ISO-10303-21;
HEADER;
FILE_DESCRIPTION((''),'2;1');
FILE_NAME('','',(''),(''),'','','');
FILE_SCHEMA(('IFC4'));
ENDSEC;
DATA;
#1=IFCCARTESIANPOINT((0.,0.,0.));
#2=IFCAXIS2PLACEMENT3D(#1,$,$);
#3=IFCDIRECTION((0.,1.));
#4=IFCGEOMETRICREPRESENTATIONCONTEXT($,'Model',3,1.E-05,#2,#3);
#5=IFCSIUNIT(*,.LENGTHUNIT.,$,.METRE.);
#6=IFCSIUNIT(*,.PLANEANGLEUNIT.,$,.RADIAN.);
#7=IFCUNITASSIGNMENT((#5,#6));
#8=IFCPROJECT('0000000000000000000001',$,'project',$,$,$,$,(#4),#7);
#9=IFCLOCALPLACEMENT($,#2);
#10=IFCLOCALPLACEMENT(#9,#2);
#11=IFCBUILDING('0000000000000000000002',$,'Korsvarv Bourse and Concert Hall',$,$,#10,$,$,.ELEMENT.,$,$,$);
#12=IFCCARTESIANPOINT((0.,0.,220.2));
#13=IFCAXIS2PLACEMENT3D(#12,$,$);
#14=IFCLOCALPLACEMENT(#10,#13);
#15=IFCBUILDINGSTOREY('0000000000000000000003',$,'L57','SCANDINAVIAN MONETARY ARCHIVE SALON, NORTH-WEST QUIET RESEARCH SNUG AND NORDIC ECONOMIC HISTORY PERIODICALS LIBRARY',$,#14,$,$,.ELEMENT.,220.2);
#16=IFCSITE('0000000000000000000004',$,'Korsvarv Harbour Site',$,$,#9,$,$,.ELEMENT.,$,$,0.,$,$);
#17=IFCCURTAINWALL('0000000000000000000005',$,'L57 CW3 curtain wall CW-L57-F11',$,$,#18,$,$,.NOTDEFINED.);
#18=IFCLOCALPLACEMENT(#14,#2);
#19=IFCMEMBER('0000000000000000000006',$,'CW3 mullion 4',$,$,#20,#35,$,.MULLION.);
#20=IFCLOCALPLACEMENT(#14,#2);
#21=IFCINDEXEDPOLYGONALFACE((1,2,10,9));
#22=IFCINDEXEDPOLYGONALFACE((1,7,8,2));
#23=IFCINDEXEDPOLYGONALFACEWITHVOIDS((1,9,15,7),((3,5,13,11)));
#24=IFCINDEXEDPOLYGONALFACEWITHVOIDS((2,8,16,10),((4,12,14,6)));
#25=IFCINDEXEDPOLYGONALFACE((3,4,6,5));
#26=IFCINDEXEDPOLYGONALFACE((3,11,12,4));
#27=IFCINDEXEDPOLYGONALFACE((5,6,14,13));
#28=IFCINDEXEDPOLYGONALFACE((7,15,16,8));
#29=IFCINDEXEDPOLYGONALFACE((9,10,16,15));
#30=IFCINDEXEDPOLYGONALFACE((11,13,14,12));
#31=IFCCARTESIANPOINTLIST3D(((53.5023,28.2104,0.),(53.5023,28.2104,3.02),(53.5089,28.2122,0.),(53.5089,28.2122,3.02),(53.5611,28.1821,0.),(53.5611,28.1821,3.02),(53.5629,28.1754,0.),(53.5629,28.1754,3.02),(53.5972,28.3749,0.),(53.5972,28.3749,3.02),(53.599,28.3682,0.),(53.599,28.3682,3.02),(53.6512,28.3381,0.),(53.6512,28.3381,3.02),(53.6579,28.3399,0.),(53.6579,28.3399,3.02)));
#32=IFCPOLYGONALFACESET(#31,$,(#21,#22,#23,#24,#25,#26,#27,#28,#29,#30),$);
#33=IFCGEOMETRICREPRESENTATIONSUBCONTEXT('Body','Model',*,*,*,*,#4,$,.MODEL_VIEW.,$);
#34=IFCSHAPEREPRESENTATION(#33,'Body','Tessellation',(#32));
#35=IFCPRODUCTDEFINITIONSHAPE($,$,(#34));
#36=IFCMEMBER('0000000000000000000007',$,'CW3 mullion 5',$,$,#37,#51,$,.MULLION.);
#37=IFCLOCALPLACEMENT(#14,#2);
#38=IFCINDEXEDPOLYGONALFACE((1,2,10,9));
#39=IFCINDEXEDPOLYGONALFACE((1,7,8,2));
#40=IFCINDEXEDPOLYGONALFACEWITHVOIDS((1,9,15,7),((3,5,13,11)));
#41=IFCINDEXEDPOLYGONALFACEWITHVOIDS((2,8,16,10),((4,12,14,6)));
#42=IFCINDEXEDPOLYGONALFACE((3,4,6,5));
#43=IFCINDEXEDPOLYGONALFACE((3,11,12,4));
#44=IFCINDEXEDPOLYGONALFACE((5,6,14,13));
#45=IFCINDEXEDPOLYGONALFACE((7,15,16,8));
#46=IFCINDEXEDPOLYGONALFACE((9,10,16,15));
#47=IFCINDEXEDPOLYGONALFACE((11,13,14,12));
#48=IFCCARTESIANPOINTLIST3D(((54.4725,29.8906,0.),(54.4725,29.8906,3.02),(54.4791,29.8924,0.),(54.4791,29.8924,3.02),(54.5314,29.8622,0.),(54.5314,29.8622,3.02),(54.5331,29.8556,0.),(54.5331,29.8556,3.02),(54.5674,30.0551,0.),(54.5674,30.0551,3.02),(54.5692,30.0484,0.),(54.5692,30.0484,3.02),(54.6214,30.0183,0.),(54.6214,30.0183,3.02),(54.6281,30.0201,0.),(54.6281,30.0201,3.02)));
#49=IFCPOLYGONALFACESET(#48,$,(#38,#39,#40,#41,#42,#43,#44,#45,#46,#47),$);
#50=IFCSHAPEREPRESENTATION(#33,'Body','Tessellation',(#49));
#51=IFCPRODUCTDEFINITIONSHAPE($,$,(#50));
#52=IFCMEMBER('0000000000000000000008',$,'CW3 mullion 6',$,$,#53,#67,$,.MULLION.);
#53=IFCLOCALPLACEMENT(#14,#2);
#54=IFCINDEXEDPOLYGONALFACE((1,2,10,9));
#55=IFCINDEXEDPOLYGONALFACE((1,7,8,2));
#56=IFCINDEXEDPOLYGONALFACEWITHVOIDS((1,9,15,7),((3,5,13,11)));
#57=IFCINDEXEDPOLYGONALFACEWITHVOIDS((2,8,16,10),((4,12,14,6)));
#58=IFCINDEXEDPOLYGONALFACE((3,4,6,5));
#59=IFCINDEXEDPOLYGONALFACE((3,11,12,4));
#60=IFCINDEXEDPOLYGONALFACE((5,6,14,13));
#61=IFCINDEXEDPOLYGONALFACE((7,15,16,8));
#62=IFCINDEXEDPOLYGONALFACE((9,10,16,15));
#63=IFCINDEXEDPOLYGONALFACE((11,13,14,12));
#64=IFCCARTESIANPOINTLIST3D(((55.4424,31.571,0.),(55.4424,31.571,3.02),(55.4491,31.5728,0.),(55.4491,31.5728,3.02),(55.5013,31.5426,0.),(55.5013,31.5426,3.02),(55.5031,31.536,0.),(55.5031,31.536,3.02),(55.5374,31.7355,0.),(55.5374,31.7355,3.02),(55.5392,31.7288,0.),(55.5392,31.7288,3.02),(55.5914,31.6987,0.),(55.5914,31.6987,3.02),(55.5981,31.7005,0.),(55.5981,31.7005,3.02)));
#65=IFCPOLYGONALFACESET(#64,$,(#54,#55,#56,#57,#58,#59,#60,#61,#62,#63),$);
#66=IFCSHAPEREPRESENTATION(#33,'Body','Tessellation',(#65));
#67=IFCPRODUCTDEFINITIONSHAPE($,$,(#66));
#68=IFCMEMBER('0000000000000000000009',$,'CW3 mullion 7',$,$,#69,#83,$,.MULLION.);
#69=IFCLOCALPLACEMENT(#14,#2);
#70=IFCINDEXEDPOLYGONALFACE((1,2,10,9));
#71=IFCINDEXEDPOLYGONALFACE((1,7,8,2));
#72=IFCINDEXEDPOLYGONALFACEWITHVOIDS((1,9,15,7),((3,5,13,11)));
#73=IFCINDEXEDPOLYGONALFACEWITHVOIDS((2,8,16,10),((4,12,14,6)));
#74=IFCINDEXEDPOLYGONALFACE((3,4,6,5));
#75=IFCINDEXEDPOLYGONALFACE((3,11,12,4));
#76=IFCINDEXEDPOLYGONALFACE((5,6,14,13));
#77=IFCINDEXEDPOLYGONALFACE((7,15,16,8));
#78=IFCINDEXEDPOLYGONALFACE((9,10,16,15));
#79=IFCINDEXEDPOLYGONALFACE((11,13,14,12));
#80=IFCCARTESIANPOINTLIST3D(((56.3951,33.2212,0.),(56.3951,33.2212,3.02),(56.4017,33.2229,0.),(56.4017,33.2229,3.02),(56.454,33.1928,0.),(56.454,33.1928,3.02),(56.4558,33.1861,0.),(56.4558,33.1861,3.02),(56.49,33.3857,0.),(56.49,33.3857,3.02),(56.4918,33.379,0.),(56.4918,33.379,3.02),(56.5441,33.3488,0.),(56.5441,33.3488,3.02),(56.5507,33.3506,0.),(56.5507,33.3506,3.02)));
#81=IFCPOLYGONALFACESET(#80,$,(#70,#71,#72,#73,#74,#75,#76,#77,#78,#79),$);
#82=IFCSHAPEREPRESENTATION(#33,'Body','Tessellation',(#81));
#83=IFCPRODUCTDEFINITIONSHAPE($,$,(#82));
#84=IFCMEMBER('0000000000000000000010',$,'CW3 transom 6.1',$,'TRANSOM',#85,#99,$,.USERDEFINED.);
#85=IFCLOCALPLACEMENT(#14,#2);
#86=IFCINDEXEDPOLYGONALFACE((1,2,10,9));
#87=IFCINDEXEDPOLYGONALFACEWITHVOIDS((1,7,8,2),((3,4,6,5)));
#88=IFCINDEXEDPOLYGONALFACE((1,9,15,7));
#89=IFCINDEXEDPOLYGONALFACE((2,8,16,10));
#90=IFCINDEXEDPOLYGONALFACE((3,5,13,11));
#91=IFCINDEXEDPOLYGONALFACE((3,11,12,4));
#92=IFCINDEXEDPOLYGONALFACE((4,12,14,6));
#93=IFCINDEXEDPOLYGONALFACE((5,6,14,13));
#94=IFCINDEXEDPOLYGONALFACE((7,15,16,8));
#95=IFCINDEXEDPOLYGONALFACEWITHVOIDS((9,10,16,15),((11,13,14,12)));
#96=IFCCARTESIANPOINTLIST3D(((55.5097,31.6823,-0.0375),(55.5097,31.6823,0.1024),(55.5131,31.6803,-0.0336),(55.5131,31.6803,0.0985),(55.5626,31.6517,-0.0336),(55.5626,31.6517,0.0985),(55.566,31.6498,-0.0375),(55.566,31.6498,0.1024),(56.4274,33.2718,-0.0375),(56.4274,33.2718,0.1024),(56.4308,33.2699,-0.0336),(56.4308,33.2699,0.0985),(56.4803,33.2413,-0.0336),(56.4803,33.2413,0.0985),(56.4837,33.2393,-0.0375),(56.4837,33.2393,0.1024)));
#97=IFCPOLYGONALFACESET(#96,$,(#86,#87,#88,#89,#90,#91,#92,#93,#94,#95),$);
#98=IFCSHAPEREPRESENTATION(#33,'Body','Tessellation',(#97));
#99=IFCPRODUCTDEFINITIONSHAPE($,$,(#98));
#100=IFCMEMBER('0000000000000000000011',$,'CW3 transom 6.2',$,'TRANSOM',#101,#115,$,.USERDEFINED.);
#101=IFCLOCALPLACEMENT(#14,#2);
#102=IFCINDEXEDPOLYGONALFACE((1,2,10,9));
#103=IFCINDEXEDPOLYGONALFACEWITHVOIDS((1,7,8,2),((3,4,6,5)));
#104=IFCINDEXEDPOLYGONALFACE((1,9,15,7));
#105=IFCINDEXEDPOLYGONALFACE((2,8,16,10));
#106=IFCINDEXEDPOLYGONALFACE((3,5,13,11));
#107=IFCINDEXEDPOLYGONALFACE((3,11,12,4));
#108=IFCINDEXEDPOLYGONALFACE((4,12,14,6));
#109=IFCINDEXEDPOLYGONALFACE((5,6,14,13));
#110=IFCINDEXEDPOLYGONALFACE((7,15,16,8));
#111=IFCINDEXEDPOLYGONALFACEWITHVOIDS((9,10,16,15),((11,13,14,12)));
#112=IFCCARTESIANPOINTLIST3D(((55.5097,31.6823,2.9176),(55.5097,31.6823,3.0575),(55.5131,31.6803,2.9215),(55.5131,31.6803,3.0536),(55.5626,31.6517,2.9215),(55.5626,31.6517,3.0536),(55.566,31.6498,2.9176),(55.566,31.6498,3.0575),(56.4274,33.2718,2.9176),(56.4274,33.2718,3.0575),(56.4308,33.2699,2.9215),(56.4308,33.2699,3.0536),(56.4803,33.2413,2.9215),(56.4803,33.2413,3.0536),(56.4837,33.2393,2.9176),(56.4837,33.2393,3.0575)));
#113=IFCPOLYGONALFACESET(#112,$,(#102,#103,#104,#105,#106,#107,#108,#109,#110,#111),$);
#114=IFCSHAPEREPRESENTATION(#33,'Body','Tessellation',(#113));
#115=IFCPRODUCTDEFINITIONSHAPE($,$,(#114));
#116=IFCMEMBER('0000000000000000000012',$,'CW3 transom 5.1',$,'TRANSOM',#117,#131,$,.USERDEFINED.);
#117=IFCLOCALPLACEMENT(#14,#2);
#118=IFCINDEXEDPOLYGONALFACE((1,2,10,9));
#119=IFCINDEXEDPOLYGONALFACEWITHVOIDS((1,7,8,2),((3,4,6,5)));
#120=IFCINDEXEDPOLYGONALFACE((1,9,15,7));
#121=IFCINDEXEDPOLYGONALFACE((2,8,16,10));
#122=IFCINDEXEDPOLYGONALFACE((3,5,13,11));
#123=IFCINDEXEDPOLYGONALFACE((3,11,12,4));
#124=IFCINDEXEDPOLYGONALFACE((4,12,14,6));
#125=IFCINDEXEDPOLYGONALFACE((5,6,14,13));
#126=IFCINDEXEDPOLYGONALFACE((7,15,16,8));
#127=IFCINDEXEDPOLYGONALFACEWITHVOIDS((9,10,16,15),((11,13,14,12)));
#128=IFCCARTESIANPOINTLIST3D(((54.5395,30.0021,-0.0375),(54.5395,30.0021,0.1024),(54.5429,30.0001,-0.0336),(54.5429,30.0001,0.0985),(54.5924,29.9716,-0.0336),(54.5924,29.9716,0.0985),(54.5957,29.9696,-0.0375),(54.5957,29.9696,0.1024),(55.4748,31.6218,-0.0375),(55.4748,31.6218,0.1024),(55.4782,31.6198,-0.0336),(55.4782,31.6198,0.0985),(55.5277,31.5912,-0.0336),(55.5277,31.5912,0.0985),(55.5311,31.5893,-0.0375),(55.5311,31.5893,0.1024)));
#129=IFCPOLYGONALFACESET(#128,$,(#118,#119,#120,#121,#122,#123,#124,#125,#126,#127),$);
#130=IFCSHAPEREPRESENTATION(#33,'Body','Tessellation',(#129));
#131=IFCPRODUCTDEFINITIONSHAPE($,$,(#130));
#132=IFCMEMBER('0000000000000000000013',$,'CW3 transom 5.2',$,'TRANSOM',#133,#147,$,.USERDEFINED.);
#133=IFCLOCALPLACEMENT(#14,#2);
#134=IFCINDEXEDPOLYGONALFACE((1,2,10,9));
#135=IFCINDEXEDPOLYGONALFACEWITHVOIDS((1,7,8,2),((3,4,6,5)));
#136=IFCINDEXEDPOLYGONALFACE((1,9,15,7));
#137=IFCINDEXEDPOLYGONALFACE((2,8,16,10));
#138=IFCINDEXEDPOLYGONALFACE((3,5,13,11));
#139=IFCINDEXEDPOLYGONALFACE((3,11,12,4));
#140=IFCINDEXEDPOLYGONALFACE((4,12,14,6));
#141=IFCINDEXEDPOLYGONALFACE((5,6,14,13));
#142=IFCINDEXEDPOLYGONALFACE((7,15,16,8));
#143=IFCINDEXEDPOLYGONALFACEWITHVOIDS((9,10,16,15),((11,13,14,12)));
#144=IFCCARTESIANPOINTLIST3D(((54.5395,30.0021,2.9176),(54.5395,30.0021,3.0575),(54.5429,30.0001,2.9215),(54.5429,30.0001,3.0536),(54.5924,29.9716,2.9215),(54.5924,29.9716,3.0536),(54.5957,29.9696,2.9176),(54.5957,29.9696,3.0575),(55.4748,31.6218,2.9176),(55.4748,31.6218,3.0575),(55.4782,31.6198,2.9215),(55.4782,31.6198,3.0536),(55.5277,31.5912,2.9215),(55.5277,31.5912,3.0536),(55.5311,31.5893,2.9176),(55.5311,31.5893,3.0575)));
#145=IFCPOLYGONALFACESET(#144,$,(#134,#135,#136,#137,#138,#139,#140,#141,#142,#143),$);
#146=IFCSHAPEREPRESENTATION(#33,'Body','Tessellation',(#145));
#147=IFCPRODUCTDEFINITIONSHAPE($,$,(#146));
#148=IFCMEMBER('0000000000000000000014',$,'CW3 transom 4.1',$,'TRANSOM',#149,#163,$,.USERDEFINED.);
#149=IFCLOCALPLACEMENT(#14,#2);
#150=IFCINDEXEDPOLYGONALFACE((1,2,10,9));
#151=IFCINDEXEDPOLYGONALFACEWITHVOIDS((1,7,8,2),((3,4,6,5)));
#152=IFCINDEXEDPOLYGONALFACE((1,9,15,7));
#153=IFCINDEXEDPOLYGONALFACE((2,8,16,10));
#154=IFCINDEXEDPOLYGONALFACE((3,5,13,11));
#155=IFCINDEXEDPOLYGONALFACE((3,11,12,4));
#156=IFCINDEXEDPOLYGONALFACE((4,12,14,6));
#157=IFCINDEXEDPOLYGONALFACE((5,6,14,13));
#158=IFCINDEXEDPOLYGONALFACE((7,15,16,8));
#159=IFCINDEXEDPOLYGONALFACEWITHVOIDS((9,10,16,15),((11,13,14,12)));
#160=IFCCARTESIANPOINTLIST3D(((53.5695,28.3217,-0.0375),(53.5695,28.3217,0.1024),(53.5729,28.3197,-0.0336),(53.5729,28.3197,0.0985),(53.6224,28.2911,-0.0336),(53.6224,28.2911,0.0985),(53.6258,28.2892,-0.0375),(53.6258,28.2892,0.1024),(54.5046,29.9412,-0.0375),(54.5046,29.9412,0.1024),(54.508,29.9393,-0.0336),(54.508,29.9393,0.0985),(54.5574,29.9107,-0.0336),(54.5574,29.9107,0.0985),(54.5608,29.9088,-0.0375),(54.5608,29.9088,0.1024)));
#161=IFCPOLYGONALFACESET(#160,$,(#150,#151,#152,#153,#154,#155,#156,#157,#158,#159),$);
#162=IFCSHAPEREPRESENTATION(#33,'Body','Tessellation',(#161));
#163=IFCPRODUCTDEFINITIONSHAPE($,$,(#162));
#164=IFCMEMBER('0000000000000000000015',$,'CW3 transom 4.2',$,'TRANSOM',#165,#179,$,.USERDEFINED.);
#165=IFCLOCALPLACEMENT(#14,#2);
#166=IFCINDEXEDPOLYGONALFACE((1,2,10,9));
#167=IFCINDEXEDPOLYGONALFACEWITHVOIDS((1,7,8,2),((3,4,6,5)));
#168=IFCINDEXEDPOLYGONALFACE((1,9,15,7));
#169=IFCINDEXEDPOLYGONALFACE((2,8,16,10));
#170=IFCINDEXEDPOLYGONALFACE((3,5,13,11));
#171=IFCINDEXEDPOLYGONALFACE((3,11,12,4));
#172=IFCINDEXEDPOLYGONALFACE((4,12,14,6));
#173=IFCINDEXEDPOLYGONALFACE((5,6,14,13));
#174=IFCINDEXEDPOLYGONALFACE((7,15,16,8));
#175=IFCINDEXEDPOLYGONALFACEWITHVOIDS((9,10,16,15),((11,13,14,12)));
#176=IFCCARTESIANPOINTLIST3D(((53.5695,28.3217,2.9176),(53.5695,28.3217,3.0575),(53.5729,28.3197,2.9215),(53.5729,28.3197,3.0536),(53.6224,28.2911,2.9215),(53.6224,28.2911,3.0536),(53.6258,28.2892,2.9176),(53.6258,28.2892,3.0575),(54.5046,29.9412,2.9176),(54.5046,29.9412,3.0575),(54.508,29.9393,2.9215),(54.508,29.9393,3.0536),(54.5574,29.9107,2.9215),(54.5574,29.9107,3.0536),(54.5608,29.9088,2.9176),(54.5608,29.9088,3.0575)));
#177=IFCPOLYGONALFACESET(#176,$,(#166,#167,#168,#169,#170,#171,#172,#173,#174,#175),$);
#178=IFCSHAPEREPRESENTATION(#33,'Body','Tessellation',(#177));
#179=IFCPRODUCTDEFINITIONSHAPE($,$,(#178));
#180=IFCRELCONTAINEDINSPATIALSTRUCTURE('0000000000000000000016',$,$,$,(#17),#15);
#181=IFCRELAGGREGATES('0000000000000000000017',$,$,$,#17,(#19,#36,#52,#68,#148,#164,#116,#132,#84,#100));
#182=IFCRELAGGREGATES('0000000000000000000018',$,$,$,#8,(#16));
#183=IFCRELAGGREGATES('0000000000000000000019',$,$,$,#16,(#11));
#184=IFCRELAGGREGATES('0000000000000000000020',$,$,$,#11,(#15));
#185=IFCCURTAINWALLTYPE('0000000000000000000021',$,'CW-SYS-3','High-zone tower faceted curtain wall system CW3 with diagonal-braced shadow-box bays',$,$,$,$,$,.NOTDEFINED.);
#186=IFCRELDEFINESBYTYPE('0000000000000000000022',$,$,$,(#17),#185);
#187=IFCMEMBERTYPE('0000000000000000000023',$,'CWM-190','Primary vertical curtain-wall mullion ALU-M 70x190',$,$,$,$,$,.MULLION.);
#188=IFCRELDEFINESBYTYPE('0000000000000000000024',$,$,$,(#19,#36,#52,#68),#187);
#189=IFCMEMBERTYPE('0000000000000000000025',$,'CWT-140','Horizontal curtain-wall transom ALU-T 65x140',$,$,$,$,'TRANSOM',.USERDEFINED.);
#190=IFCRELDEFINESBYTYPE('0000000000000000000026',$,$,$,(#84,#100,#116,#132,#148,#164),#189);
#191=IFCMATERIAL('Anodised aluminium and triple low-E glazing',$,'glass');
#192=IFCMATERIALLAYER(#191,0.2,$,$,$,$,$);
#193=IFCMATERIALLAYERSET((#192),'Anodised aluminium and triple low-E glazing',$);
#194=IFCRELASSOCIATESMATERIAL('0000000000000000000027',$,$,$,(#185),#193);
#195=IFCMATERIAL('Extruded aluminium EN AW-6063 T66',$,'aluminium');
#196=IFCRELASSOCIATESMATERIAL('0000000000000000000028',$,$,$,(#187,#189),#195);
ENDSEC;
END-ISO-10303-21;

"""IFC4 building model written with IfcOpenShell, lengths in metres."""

from ifc_helpers import new_model, si_unit, direction, frame, origin, origin_2d, place, context, subcontext, project, spatial, hollow_rectangle, extrude, source, transform, mapped, material, layer, layer_set, material_profile, profile_set, type_object, element, aggregate, save


model = new_model("IFC4")

# Units and contexts
model_context = context("Model", 3, precision=1e-05, world=origin(), true_north=direction((0.0, 1.0)))
body_context = subcontext(model_context, "Body", "Model", "MODEL_VIEW")
ifc_project = project(units=[si_unit("LENGTHUNIT", "METRE"), si_unit("PLANEANGLEUNIT", "RADIAN")], contexts=[model_context])

# Site, building, storey
site_placement = place(None, origin())
site = spatial("IfcSite", under=ifc_project, at=site_placement, Name="Korsvarv Harbour Site", CompositionType="ELEMENT", RefElevation=0.0)
building_placement = place(site_placement, origin())
building = spatial("IfcBuilding", under=site, at=building_placement, Name="Korsvarv Bourse and Concert Hall", CompositionType="ELEMENT")
storey_placement = place(building_placement, frame((0.0, 0.0, 220.2)))
storey = spatial("IfcBuildingStorey", under=building, at=storey_placement, Name="L57", Description="SCANDINAVIAN MONETARY ARCHIVE SALON, NORTH-WEST QUIET RESEARCH SNUG AND NORDIC ECONOMIC HISTORY PERIODICALS LIBRARY", CompositionType="ELEMENT", Elevation=220.2)

# Curtain wall, members
ifc_material_1 = material(Name="Anodised aluminium and triple low-E glazing", Category="glass")
ifc_layer_1 = layer(ifc_material_1, 0.2)
ifc_layer_set_1 = layer_set([ifc_layer_1], Name="Anodised aluminium and triple low-E glazing")
curtain_wall_type = type_object("IfcCurtainWallType", Name="CW-SYS-3", Description="High-zone tower faceted curtain wall system CW3 with diagonal-braced shadow-box bays", PredefinedType="NOTDEFINED", material=ifc_layer_set_1)
curtain_wall_placement = place(storey_placement, origin())
curtain_wall = element("IfcCurtainWall", 1, at=curtain_wall_placement, inside=storey, type_object=curtain_wall_type, Name="L57 CW3 curtain wall CW-L57-F11", PredefinedType="NOTDEFINED")
ifc_material_2 = material(Name="Extruded aluminium EN AW-6063 T66", Category="aluminium")
ifc_material_profile_1 = material_profile(ifc_material_2, hollow_rectangle(XDim=0.0701, YDim=0.1899, WallThickness=0.0049, at=origin_2d()), Name="ALU-M 70x190")
ifc_profile_set_1 = profile_set([ifc_material_profile_1], Name="Extruded aluminium EN AW-6063 T66")
member_type_1 = type_object("IfcMemberType", Name="CWM-190", Description="Primary vertical curtain-wall mullion ALU-M 70x190", PredefinedType="MULLION", material=ifc_profile_set_1)
shared_shape_1 = source(origin(), body_context, "Body", "SweptSolid", [
    extrude(hollow_rectangle(XDim=0.0701, YDim=0.1899, WallThickness=0.0049, at=origin_2d()), origin(), (0.0, 0.0, 1.0), 3.02),
])
member_1_placement = place(storey_placement, frame((53.5801, 28.2751, 0.0), z_axis=(0.0, 0.0, 1.0), x_axis=(-0.86603, 0.499992, 0.0)))
member_1 = element("IfcMember", 2, at=member_1_placement, type_object=member_type_1, Name="CW3 mullion 4", PredefinedType="MULLION", context=body_context, shape_type="MappedRepresentation", body=[
    mapped(shared_shape_1, transform((0.0, 0.0, 0.0), scale=1.0)),
])
member_2_placement = place(storey_placement, frame((54.5503, 29.9553, 0.0), z_axis=(0.0, 0.0, 1.0), x_axis=(-0.86603, 0.499992, 0.0)))
member_2 = element("IfcMember", 3, at=member_2_placement, type_object=member_type_1, Name="CW3 mullion 5", PredefinedType="MULLION", context=body_context, shape_type="MappedRepresentation", body=[
    mapped(shared_shape_1, transform((0.0, 0.0, 0.0), scale=1.0)),
])
member_3_placement = place(storey_placement, frame((55.5203, 31.6357, 0.0), z_axis=(0.0, 0.0, 1.0), x_axis=(-0.86603, 0.499992, 0.0)))
member_3 = element("IfcMember", 4, at=member_3_placement, type_object=member_type_1, Name="CW3 mullion 6", PredefinedType="MULLION", context=body_context, shape_type="MappedRepresentation", body=[
    mapped(shared_shape_1, transform((0.0, 0.0, 0.0), scale=1.0)),
])
member_4_placement = place(storey_placement, frame((56.4729, 33.2859, 0.0), z_axis=(0.0, 0.0, 1.0), x_axis=(-0.86603, 0.499992, 0.0)))
member_4 = element("IfcMember", 5, at=member_4_placement, type_object=member_type_1, Name="CW3 mullion 7", PredefinedType="MULLION", context=body_context, shape_type="MappedRepresentation", body=[
    mapped(shared_shape_1, transform((0.0, 0.0, 0.0), scale=1.0)),
])
ifc_material_profile_2 = material_profile(ifc_material_2, hollow_rectangle(XDim=0.0649, YDim=0.1399, WallThickness=0.0039, at=origin_2d()), Name="ALU-T 65x140")
ifc_profile_set_2 = profile_set([ifc_material_profile_2], Name="Extruded aluminium EN AW-6063 T66")
member_type_2 = type_object("IfcMemberType", Name="CWT-140", Description="Horizontal curtain-wall transom ALU-T 65x140", ElementType="TRANSOM", PredefinedType="USERDEFINED", material=ifc_profile_set_2)
shared_shape_2 = source(origin(), body_context, "Body", "SweptSolid", [
    extrude(hollow_rectangle(XDim=0.0649, YDim=0.1399, WallThickness=0.0039, at=origin_2d()), origin(), (0.0, 0.0, 1.0), 1.8354),
])
member_5_placement = place(storey_placement, frame((55.5378, 31.666, 0.0325), z_axis=(0.499987, 0.866033, 0.0), x_axis=(-0.866033, 0.499987, 0.0)))
member_5 = element("IfcMember", 6, at=member_5_placement, type_object=member_type_2, Name="CW3 transom 6.1", ObjectType="TRANSOM", PredefinedType="USERDEFINED", context=body_context, shape_type="MappedRepresentation", body=[
    mapped(shared_shape_2, transform((0.0, 0.0, 0.0), scale=1.0)),
])
member_6_placement = place(storey_placement, frame((55.5378, 31.666, 2.9875), z_axis=(0.499987, 0.866033, 0.0), x_axis=(-0.866033, 0.499987, 0.0)))
member_6 = element("IfcMember", 7, at=member_6_placement, type_object=member_type_2, Name="CW3 transom 6.2", ObjectType="TRANSOM", PredefinedType="USERDEFINED", context=body_context, shape_type="MappedRepresentation", body=[
    mapped(shared_shape_2, transform((0.0, 0.0, 0.0), scale=1.0)),
])
shared_shape_3 = source(origin(), body_context, "Body", "SweptSolid", [
    extrude(hollow_rectangle(XDim=0.0649, YDim=0.1399, WallThickness=0.0039, at=origin_2d()), origin(), (0.0, 0.0, 1.0), 1.8704),
])
member_7_placement = place(storey_placement, frame((54.5676, 29.9858, 0.0325), z_axis=(0.500084, 0.865977, 0.0), x_axis=(-0.865977, 0.500084, 0.0)))
member_7 = element("IfcMember", 8, at=member_7_placement, type_object=member_type_2, Name="CW3 transom 5.1", ObjectType="TRANSOM", PredefinedType="USERDEFINED", context=body_context, shape_type="MappedRepresentation", body=[
    mapped(shared_shape_3, transform((0.0, 0.0, 0.0), scale=1.0)),
])
member_8_placement = place(storey_placement, frame((54.5676, 29.9858, 2.9875), z_axis=(0.500084, 0.865977, 0.0), x_axis=(-0.865977, 0.500084, 0.0)))
member_8 = element("IfcMember", 9, at=member_8_placement, type_object=member_type_2, Name="CW3 transom 5.2", ObjectType="TRANSOM", PredefinedType="USERDEFINED", context=body_context, shape_type="MappedRepresentation", body=[
    mapped(shared_shape_3, transform((0.0, 0.0, 0.0), scale=1.0)),
])
shared_shape_4 = source(origin(), body_context, "Body", "SweptSolid", [
    extrude(hollow_rectangle(XDim=0.0649, YDim=0.1399, WallThickness=0.0039, at=origin_2d()), origin(), (0.0, 0.0, 1.0), 1.8701),
])
member_9_placement = place(storey_placement, frame((53.5977, 28.3054, 0.0325), z_axis=(0.499986, 0.866033, 0.0), x_axis=(-0.866033, 0.499986, 0.0)))
member_9 = element("IfcMember", 10, at=member_9_placement, type_object=member_type_2, Name="CW3 transom 4.1", ObjectType="TRANSOM", PredefinedType="USERDEFINED", context=body_context, shape_type="MappedRepresentation", body=[
    mapped(shared_shape_4, transform((0.0, 0.0, 0.0), scale=1.0)),
])
member_10_placement = place(storey_placement, frame((53.5977, 28.3054, 2.9875), z_axis=(0.499986, 0.866033, 0.0), x_axis=(-0.866033, 0.499986, 0.0)))
member_10 = element("IfcMember", 11, at=member_10_placement, type_object=member_type_2, Name="CW3 transom 4.2", ObjectType="TRANSOM", PredefinedType="USERDEFINED", context=body_context, shape_type="MappedRepresentation", body=[
    mapped(shared_shape_4, transform((0.0, 0.0, 0.0), scale=1.0)),
])
aggregate(curtain_wall, [member_1, member_2, member_3, member_4, member_9, member_10, member_7, member_8, member_5, member_6])

save(model, "model.ifc")
